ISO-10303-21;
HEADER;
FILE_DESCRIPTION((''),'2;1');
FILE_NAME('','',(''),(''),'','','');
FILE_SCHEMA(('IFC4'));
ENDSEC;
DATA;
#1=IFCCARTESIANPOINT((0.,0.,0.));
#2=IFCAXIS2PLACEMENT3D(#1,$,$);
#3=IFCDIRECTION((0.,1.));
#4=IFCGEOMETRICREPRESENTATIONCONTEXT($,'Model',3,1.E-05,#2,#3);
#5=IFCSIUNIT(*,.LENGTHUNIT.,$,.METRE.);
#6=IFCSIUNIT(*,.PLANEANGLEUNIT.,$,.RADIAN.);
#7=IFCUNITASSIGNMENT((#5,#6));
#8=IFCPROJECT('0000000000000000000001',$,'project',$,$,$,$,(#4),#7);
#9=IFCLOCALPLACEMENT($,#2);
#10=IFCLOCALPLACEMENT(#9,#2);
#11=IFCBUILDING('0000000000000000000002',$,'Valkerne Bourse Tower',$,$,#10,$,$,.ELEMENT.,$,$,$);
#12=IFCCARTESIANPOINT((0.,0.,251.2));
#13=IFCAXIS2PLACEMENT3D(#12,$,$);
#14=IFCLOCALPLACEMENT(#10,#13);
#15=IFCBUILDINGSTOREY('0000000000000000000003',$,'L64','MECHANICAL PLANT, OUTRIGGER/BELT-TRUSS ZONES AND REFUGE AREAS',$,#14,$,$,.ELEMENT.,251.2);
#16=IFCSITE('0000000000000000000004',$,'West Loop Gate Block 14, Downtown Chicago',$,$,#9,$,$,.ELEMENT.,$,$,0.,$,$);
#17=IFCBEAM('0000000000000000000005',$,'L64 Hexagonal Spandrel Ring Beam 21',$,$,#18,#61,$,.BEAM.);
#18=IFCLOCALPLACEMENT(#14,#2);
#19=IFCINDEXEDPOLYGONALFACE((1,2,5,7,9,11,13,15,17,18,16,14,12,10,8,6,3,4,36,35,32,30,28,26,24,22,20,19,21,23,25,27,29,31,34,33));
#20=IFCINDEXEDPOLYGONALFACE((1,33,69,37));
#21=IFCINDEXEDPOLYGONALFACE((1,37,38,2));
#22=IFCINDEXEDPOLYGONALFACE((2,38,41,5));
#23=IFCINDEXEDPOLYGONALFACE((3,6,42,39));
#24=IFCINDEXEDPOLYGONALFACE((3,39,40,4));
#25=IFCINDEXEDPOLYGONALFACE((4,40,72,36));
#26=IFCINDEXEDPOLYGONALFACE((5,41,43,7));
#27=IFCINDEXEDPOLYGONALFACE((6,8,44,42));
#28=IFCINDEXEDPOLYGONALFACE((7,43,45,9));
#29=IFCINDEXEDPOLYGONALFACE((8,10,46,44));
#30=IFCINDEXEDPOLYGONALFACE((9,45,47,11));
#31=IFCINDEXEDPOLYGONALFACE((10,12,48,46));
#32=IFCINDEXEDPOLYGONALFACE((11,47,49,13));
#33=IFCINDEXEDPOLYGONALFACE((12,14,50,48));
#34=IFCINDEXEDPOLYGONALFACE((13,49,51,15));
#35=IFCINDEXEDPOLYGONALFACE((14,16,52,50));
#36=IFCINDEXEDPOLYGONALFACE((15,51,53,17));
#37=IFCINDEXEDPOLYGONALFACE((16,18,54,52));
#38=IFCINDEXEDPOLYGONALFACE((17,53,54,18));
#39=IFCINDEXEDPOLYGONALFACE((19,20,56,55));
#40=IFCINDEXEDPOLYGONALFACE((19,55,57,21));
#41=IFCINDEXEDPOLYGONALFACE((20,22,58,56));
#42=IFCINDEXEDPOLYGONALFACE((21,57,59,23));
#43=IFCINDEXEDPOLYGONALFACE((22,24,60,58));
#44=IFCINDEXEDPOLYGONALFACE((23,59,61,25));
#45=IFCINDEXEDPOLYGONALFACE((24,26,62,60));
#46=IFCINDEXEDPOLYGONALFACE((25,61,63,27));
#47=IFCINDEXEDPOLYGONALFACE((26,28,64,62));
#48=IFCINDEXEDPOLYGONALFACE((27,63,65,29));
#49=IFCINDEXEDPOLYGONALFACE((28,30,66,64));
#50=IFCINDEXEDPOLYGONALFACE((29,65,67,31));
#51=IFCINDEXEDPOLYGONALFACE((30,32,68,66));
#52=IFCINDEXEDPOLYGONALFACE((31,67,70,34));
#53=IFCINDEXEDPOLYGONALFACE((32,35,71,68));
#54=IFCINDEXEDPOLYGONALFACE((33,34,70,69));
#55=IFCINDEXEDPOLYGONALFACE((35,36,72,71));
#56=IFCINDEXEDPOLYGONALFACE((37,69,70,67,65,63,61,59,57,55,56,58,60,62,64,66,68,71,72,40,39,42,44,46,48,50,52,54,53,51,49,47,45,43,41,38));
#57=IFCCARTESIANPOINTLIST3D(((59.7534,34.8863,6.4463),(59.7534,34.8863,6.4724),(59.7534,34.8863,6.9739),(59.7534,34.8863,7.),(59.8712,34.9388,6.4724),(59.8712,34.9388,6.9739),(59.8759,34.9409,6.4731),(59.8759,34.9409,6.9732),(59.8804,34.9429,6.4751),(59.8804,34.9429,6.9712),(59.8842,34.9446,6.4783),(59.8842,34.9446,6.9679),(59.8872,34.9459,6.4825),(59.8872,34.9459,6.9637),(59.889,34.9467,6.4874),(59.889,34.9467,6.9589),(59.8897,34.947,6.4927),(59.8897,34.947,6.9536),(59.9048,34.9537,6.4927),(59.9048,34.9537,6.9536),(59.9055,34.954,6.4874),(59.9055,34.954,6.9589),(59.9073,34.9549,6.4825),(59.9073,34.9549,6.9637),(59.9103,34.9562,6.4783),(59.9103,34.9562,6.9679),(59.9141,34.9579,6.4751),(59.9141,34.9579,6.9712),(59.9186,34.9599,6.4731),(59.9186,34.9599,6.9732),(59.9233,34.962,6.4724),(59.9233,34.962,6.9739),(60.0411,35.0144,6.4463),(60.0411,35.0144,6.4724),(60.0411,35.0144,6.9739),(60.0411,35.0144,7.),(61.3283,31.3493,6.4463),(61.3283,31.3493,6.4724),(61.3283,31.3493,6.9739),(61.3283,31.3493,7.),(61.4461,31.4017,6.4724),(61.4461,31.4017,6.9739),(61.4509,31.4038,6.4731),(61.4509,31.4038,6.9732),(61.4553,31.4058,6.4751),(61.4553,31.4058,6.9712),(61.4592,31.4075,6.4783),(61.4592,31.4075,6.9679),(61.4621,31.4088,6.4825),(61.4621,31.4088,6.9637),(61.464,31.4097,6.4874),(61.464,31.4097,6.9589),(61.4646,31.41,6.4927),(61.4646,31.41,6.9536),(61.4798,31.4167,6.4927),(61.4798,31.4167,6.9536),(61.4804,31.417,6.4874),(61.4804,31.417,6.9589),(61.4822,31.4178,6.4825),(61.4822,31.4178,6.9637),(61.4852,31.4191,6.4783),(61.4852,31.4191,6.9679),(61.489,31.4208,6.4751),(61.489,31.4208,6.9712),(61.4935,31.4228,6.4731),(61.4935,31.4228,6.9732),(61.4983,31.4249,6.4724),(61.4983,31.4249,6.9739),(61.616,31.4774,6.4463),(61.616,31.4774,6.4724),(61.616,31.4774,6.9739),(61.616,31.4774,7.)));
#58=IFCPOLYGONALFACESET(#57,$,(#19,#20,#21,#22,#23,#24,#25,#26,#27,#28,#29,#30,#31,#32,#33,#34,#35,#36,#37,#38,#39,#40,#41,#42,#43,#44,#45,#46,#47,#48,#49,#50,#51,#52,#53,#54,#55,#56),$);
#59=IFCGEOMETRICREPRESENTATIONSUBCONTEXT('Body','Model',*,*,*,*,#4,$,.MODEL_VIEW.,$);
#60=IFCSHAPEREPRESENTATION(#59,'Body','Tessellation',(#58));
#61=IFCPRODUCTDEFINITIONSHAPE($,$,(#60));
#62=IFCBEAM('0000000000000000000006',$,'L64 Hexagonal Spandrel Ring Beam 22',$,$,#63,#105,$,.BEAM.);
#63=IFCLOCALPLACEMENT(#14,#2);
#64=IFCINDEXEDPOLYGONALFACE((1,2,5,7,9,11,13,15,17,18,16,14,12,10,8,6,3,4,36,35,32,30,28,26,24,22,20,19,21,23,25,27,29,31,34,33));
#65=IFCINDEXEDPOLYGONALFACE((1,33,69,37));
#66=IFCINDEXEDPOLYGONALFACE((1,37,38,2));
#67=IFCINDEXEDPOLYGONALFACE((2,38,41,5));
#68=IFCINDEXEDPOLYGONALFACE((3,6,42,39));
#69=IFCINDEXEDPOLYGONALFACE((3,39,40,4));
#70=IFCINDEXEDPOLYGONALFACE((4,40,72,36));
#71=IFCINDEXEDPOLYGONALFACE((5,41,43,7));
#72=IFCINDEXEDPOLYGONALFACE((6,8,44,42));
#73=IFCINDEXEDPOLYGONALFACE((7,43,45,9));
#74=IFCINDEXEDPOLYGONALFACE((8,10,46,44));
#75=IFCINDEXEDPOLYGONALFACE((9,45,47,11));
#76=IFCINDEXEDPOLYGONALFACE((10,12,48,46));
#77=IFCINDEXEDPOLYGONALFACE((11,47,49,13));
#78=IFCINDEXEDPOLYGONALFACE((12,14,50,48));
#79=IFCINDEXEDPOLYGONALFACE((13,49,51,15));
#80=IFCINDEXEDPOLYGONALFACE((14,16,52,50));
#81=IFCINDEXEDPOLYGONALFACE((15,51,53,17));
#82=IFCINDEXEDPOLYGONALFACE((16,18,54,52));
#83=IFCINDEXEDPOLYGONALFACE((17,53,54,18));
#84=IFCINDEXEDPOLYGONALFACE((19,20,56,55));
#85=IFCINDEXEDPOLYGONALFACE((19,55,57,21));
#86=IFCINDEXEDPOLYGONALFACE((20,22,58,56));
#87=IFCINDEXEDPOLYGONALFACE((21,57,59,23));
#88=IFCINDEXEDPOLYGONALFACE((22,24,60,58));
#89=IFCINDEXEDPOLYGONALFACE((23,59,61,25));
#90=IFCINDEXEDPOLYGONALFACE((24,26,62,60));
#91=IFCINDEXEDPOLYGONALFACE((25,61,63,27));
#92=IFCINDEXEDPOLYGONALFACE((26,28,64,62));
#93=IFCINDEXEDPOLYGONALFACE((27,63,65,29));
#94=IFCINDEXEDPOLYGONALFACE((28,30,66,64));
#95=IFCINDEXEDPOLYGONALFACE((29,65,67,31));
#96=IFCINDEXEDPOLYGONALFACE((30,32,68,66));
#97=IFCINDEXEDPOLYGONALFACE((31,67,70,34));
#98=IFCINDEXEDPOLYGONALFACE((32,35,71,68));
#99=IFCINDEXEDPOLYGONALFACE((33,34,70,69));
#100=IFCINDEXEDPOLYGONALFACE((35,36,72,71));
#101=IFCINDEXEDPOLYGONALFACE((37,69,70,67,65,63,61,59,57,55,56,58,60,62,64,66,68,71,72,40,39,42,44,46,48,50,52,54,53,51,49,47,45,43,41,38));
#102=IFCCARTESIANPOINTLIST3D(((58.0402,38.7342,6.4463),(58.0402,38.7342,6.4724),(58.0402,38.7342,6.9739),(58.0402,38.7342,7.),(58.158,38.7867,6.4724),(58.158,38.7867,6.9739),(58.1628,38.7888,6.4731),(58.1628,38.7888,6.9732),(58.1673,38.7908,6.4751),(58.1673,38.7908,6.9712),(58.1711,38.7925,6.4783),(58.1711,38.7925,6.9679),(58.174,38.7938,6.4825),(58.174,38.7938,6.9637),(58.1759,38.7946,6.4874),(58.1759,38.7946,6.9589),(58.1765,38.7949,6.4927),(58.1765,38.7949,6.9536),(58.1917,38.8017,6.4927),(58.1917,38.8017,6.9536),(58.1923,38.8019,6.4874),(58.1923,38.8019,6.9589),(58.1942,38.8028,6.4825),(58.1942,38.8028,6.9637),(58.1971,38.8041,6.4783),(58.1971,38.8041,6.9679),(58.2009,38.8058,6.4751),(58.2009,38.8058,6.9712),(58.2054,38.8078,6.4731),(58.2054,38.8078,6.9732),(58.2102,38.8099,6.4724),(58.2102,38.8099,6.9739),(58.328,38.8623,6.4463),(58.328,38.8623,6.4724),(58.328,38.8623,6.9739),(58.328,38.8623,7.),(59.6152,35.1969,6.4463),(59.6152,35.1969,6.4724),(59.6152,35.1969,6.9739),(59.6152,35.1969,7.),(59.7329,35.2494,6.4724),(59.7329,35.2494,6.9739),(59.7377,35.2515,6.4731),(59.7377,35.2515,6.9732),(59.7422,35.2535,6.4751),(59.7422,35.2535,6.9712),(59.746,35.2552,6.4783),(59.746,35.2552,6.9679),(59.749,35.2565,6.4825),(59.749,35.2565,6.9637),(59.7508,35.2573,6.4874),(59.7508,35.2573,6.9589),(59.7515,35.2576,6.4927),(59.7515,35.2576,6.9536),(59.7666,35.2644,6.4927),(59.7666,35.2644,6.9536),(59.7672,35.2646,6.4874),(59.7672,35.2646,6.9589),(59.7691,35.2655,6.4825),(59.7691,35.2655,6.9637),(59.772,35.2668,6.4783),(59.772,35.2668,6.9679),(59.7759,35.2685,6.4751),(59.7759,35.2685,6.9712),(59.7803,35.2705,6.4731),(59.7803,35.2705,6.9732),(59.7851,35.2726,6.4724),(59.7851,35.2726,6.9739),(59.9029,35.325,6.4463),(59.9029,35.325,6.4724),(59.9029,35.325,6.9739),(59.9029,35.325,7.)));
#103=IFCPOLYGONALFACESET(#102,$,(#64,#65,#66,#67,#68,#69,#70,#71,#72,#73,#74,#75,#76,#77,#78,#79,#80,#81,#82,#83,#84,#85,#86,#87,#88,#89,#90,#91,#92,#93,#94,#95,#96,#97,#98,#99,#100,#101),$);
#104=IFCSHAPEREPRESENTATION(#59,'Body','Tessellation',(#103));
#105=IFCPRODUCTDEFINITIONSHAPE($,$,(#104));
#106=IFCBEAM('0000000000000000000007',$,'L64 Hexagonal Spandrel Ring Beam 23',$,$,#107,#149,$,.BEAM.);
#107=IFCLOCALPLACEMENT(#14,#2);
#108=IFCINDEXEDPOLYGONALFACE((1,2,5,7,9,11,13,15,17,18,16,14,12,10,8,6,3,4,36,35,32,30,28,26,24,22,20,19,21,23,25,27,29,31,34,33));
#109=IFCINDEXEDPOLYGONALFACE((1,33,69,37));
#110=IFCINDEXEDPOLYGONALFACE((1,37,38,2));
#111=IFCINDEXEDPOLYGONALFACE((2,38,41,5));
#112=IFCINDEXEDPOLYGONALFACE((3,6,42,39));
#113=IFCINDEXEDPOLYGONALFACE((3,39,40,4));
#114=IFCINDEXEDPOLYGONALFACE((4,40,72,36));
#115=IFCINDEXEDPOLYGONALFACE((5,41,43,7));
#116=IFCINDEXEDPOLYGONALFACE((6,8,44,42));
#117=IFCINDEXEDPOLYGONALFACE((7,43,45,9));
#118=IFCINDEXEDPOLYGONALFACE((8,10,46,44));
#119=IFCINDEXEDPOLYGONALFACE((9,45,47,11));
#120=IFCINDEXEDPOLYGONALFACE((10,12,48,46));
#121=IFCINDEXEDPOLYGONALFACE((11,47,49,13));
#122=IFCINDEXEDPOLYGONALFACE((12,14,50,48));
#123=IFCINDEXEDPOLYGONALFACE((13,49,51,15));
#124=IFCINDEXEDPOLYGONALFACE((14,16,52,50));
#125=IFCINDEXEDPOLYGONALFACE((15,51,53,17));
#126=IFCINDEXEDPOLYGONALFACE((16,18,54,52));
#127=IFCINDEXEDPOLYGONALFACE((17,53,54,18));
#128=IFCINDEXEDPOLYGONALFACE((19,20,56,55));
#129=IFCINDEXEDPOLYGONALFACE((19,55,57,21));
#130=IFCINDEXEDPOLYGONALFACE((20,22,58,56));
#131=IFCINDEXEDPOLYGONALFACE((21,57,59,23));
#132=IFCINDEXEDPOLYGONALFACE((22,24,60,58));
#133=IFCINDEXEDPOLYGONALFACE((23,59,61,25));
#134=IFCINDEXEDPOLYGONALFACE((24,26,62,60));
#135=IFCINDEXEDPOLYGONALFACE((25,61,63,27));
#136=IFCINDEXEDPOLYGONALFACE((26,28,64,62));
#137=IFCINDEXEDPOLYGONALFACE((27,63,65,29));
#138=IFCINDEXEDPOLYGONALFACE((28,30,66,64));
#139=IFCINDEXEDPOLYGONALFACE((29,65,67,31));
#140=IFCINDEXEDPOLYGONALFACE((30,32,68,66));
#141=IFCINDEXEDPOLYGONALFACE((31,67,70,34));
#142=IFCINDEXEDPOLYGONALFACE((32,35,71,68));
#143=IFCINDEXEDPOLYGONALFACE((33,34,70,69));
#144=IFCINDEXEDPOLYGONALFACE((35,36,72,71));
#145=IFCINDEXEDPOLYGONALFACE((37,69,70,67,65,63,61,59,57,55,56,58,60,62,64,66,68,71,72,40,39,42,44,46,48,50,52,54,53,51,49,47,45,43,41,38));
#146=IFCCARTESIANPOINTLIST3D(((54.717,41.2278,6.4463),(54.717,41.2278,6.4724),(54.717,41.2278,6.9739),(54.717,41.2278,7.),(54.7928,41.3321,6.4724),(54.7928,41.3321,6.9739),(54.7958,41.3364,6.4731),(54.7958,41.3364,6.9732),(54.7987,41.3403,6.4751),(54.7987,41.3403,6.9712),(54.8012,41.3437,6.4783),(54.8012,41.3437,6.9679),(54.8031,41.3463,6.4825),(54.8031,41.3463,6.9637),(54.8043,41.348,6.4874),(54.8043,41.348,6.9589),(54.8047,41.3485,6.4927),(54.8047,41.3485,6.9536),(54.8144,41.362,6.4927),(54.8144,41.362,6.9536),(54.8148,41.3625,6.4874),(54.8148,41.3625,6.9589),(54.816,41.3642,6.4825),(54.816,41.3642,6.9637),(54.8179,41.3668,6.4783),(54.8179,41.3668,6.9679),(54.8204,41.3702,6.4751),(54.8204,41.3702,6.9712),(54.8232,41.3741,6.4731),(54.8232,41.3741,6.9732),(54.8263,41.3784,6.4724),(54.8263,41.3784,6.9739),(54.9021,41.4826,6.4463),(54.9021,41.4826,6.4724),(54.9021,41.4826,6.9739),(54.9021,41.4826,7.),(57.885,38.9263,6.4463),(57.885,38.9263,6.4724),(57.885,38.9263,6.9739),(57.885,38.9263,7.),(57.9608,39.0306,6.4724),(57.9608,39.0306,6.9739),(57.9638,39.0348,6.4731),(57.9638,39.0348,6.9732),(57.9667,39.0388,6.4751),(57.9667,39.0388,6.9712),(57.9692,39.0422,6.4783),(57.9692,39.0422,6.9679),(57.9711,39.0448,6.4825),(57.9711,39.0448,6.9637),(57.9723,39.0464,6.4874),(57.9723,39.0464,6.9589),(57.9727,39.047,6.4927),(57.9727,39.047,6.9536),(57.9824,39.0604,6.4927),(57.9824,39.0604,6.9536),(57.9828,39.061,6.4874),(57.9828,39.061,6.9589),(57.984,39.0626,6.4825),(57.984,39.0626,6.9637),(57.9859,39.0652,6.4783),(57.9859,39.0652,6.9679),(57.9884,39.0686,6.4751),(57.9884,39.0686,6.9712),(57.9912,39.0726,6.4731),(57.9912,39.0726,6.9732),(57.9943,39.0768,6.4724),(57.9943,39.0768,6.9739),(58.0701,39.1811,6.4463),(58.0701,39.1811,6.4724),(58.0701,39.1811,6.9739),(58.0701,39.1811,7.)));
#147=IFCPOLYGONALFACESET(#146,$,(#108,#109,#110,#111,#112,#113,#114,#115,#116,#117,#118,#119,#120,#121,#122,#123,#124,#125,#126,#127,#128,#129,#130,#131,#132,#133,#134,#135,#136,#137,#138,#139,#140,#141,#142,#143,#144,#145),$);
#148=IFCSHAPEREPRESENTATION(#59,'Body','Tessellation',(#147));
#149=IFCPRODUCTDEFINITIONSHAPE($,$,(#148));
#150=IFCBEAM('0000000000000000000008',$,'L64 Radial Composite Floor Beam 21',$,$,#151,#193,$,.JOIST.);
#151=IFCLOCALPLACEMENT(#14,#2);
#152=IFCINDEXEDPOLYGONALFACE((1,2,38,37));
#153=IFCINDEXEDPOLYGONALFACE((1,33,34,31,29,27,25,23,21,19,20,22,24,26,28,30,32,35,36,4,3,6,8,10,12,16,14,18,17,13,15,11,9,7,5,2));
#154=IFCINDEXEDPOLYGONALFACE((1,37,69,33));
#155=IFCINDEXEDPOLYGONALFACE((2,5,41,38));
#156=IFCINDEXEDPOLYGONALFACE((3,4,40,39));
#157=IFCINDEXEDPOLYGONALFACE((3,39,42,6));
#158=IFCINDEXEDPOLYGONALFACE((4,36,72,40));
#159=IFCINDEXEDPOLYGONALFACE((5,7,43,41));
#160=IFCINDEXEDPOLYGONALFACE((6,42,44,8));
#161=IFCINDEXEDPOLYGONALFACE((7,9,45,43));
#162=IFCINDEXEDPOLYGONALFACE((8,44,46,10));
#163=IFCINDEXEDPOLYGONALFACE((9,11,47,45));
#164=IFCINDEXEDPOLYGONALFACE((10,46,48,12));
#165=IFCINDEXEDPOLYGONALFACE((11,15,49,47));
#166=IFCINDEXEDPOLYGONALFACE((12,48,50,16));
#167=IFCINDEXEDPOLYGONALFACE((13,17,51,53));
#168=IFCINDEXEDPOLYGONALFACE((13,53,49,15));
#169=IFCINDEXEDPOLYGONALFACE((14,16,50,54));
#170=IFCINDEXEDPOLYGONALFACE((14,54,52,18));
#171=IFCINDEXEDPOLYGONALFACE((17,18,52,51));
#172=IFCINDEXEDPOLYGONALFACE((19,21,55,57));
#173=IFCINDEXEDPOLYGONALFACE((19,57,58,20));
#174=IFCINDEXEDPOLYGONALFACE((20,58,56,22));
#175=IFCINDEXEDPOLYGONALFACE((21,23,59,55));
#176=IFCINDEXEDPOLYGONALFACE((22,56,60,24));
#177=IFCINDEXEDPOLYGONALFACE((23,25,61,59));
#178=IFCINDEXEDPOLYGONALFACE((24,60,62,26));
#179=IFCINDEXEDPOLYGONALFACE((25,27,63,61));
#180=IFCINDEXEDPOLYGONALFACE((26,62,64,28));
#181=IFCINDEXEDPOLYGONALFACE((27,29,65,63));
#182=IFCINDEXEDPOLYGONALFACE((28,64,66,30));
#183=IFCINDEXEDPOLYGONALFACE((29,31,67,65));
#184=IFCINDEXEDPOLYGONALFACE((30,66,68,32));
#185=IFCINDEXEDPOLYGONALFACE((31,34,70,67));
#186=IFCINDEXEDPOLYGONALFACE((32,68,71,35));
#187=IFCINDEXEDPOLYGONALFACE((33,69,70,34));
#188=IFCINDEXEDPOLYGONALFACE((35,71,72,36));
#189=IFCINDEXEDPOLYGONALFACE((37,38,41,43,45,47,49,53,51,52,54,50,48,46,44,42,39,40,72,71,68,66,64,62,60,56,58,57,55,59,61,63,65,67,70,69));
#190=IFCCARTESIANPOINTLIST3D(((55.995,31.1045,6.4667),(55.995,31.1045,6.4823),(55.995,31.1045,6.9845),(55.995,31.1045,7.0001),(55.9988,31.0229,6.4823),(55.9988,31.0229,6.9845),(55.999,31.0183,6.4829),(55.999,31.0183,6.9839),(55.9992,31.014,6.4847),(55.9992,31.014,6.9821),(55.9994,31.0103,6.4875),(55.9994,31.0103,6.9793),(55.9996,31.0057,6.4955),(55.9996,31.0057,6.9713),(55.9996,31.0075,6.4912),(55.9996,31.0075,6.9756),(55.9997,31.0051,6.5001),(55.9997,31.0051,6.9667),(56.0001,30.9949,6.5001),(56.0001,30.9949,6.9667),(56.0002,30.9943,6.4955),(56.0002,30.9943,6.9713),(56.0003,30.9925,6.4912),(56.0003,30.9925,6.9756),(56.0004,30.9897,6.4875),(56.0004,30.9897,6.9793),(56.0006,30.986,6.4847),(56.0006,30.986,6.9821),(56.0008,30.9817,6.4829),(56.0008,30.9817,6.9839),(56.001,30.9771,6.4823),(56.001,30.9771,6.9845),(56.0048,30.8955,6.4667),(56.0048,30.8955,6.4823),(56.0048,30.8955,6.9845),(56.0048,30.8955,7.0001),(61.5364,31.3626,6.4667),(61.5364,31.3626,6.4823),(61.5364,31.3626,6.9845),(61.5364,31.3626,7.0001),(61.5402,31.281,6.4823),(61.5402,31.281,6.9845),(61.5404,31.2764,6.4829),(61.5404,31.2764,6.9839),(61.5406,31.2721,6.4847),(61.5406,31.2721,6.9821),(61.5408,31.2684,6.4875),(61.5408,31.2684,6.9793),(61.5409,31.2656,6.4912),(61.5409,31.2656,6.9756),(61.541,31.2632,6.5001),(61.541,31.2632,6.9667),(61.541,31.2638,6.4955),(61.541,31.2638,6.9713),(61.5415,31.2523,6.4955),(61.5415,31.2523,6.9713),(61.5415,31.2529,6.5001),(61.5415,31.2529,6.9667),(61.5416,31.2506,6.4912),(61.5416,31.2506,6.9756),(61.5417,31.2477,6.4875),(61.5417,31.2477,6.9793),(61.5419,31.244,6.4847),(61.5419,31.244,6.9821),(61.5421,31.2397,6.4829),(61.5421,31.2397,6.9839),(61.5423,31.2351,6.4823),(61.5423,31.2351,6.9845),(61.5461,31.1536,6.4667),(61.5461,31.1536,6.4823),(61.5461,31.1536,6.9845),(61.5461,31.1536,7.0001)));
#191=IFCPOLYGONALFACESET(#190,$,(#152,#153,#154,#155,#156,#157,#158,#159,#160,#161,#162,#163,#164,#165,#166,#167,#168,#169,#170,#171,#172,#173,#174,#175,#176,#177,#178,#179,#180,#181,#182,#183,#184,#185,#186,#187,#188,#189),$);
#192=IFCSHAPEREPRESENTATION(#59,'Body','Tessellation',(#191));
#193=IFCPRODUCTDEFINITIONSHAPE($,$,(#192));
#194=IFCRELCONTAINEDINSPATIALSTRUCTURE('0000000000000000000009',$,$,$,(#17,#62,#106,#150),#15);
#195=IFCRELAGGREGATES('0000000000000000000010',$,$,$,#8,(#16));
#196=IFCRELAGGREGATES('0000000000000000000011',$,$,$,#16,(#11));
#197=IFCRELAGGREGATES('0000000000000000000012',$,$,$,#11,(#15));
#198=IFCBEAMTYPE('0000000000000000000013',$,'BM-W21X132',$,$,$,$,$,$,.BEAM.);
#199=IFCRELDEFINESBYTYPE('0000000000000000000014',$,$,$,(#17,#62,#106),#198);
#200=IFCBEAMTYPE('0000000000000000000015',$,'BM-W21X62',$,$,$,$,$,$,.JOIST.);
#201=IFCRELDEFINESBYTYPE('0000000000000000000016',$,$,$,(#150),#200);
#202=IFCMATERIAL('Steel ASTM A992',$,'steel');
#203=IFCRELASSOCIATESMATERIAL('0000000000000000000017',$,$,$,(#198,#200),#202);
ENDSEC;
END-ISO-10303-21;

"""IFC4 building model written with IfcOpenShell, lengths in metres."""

from ifc_helpers import new_model, si_unit, direction, frame, origin, origin_2d, place, context, subcontext, project, spatial, i_section, extrude, material, material_profile, profile_set, type_object, element, save


model = new_model("IFC4")

# Units and contexts
model_context = context("Model", 3, precision=1e-05, world=origin(), true_north=direction((0.0, 1.0)))
body_context = subcontext(model_context, "Body", "Model", "MODEL_VIEW")
ifc_project = project(units=[si_unit("LENGTHUNIT", "METRE"), si_unit("PLANEANGLEUNIT", "RADIAN")], contexts=[model_context])

# Site, building, storey
site_placement = place(None, origin())
site = spatial("IfcSite", under=ifc_project, at=site_placement, Name="West Loop Gate Block 14, Downtown Chicago", CompositionType="ELEMENT", RefElevation=0.0)
building_placement = place(site_placement, origin())
building = spatial("IfcBuilding", under=site, at=building_placement, Name="Valkerne Bourse Tower", CompositionType="ELEMENT")
storey_placement = place(building_placement, frame((0.0, 0.0, 251.2)))
storey = spatial("IfcBuildingStorey", under=building, at=storey_placement, Name="L64", Description="MECHANICAL PLANT, OUTRIGGER/BELT-TRUSS ZONES AND REFUGE AREAS", CompositionType="ELEMENT", Elevation=251.2)

# Beams
ifc_material_1 = material(Name="Steel ASTM A992", Category="steel")
ifc_material_profile_1 = material_profile(ifc_material_1, i_section(OverallWidth=0.3149, OverallDepth=0.5537, WebThickness=0.0166, FlangeThickness=0.0261, FilletRadius=0.0203, at=origin_2d()), Name="W21X132")
ifc_profile_set_1 = profile_set([ifc_material_profile_1], Name="Steel ASTM A992")
beam_type_1 = type_object("IfcBeamType", Name="BM-W21X132", PredefinedType="BEAM", material=ifc_profile_set_1)
beam_1_placement = place(storey_placement, frame((61.4722, 31.4133, 6.7231), z_axis=(-0.406764, 0.913533, 0.0), x_axis=(-0.913533, -0.406764, 0.0)))
element("IfcBeam", 1, at=beam_1_placement, inside=storey, type_object=beam_type_1, Name="L64 Hexagonal Spandrel Ring Beam 21", PredefinedType="BEAM", context=body_context, shape_type="SweptSolid", body=[
    extrude(i_section(OverallWidth=0.3149, OverallDepth=0.5537, WebThickness=0.0166, FlangeThickness=0.0261, FilletRadius=0.0203, at=origin_2d()), origin(), (0.0, 0.0, 1.0), 3.8718),
])
beam_2_placement = place(storey_placement, frame((59.759, 35.261, 6.7231), z_axis=(-0.406741, 0.913544, 0.0), x_axis=(-0.913544, -0.406741, 0.0)))
element("IfcBeam", 2, at=beam_2_placement, inside=storey, type_object=beam_type_1, Name="L64 Hexagonal Spandrel Ring Beam 22", PredefinedType="BEAM", context=body_context, shape_type="SweptSolid", body=[
    extrude(i_section(OverallWidth=0.3149, OverallDepth=0.5537, WebThickness=0.0166, FlangeThickness=0.0261, FilletRadius=0.0203, at=origin_2d()), origin(), (0.0, 0.0, 1.0), 3.8721),
])
beam_3_placement = place(storey_placement, frame((57.9775, 39.0537, 6.7231), z_axis=(-0.809035, 0.58776, 0.0), x_axis=(-0.58776, -0.809035, 0.0)))
element("IfcBeam", 3, at=beam_3_placement, inside=storey, type_object=beam_type_1, Name="L64 Hexagonal Spandrel Ring Beam 23", PredefinedType="BEAM", context=body_context, shape_type="SweptSolid", body=[
    extrude(i_section(OverallWidth=0.3149, OverallDepth=0.5537, WebThickness=0.0166, FlangeThickness=0.0261, FilletRadius=0.0203, at=origin_2d()), origin(), (0.0, 0.0, 1.0), 3.9158),
])
ifc_material_profile_2 = material_profile(ifc_material_1, i_section(OverallWidth=0.2092, OverallDepth=0.5334, WebThickness=0.0103, FlangeThickness=0.0156, FilletRadius=0.0178, at=origin_2d()), Name="W21X62")
ifc_profile_set_2 = profile_set([ifc_material_profile_2], Name="Steel ASTM A992")
beam_type_2 = type_object("IfcBeamType", Name="BM-W21X62", PredefinedType="JOIST", material=ifc_profile_set_2)
beam_4_placement = place(storey_placement, frame((61.5413, 31.2581, 6.7334), z_axis=(-0.998917, -0.04652, 0.0), x_axis=(0.04652, -0.998917, 0.0)))
element("IfcBeam", 4, at=beam_4_placement, inside=storey, type_object=beam_type_2, Name="L64 Radial Composite Floor Beam 21", PredefinedType="JOIST", context=body_context, shape_type="SweptSolid", body=[
    extrude(i_section(OverallWidth=0.2092, OverallDepth=0.5334, WebThickness=0.0103, FlangeThickness=0.0156, FilletRadius=0.0178, at=origin_2d()), origin(), (0.0, 0.0, 1.0), 5.5474),
])

save(model, "model.ifc")
